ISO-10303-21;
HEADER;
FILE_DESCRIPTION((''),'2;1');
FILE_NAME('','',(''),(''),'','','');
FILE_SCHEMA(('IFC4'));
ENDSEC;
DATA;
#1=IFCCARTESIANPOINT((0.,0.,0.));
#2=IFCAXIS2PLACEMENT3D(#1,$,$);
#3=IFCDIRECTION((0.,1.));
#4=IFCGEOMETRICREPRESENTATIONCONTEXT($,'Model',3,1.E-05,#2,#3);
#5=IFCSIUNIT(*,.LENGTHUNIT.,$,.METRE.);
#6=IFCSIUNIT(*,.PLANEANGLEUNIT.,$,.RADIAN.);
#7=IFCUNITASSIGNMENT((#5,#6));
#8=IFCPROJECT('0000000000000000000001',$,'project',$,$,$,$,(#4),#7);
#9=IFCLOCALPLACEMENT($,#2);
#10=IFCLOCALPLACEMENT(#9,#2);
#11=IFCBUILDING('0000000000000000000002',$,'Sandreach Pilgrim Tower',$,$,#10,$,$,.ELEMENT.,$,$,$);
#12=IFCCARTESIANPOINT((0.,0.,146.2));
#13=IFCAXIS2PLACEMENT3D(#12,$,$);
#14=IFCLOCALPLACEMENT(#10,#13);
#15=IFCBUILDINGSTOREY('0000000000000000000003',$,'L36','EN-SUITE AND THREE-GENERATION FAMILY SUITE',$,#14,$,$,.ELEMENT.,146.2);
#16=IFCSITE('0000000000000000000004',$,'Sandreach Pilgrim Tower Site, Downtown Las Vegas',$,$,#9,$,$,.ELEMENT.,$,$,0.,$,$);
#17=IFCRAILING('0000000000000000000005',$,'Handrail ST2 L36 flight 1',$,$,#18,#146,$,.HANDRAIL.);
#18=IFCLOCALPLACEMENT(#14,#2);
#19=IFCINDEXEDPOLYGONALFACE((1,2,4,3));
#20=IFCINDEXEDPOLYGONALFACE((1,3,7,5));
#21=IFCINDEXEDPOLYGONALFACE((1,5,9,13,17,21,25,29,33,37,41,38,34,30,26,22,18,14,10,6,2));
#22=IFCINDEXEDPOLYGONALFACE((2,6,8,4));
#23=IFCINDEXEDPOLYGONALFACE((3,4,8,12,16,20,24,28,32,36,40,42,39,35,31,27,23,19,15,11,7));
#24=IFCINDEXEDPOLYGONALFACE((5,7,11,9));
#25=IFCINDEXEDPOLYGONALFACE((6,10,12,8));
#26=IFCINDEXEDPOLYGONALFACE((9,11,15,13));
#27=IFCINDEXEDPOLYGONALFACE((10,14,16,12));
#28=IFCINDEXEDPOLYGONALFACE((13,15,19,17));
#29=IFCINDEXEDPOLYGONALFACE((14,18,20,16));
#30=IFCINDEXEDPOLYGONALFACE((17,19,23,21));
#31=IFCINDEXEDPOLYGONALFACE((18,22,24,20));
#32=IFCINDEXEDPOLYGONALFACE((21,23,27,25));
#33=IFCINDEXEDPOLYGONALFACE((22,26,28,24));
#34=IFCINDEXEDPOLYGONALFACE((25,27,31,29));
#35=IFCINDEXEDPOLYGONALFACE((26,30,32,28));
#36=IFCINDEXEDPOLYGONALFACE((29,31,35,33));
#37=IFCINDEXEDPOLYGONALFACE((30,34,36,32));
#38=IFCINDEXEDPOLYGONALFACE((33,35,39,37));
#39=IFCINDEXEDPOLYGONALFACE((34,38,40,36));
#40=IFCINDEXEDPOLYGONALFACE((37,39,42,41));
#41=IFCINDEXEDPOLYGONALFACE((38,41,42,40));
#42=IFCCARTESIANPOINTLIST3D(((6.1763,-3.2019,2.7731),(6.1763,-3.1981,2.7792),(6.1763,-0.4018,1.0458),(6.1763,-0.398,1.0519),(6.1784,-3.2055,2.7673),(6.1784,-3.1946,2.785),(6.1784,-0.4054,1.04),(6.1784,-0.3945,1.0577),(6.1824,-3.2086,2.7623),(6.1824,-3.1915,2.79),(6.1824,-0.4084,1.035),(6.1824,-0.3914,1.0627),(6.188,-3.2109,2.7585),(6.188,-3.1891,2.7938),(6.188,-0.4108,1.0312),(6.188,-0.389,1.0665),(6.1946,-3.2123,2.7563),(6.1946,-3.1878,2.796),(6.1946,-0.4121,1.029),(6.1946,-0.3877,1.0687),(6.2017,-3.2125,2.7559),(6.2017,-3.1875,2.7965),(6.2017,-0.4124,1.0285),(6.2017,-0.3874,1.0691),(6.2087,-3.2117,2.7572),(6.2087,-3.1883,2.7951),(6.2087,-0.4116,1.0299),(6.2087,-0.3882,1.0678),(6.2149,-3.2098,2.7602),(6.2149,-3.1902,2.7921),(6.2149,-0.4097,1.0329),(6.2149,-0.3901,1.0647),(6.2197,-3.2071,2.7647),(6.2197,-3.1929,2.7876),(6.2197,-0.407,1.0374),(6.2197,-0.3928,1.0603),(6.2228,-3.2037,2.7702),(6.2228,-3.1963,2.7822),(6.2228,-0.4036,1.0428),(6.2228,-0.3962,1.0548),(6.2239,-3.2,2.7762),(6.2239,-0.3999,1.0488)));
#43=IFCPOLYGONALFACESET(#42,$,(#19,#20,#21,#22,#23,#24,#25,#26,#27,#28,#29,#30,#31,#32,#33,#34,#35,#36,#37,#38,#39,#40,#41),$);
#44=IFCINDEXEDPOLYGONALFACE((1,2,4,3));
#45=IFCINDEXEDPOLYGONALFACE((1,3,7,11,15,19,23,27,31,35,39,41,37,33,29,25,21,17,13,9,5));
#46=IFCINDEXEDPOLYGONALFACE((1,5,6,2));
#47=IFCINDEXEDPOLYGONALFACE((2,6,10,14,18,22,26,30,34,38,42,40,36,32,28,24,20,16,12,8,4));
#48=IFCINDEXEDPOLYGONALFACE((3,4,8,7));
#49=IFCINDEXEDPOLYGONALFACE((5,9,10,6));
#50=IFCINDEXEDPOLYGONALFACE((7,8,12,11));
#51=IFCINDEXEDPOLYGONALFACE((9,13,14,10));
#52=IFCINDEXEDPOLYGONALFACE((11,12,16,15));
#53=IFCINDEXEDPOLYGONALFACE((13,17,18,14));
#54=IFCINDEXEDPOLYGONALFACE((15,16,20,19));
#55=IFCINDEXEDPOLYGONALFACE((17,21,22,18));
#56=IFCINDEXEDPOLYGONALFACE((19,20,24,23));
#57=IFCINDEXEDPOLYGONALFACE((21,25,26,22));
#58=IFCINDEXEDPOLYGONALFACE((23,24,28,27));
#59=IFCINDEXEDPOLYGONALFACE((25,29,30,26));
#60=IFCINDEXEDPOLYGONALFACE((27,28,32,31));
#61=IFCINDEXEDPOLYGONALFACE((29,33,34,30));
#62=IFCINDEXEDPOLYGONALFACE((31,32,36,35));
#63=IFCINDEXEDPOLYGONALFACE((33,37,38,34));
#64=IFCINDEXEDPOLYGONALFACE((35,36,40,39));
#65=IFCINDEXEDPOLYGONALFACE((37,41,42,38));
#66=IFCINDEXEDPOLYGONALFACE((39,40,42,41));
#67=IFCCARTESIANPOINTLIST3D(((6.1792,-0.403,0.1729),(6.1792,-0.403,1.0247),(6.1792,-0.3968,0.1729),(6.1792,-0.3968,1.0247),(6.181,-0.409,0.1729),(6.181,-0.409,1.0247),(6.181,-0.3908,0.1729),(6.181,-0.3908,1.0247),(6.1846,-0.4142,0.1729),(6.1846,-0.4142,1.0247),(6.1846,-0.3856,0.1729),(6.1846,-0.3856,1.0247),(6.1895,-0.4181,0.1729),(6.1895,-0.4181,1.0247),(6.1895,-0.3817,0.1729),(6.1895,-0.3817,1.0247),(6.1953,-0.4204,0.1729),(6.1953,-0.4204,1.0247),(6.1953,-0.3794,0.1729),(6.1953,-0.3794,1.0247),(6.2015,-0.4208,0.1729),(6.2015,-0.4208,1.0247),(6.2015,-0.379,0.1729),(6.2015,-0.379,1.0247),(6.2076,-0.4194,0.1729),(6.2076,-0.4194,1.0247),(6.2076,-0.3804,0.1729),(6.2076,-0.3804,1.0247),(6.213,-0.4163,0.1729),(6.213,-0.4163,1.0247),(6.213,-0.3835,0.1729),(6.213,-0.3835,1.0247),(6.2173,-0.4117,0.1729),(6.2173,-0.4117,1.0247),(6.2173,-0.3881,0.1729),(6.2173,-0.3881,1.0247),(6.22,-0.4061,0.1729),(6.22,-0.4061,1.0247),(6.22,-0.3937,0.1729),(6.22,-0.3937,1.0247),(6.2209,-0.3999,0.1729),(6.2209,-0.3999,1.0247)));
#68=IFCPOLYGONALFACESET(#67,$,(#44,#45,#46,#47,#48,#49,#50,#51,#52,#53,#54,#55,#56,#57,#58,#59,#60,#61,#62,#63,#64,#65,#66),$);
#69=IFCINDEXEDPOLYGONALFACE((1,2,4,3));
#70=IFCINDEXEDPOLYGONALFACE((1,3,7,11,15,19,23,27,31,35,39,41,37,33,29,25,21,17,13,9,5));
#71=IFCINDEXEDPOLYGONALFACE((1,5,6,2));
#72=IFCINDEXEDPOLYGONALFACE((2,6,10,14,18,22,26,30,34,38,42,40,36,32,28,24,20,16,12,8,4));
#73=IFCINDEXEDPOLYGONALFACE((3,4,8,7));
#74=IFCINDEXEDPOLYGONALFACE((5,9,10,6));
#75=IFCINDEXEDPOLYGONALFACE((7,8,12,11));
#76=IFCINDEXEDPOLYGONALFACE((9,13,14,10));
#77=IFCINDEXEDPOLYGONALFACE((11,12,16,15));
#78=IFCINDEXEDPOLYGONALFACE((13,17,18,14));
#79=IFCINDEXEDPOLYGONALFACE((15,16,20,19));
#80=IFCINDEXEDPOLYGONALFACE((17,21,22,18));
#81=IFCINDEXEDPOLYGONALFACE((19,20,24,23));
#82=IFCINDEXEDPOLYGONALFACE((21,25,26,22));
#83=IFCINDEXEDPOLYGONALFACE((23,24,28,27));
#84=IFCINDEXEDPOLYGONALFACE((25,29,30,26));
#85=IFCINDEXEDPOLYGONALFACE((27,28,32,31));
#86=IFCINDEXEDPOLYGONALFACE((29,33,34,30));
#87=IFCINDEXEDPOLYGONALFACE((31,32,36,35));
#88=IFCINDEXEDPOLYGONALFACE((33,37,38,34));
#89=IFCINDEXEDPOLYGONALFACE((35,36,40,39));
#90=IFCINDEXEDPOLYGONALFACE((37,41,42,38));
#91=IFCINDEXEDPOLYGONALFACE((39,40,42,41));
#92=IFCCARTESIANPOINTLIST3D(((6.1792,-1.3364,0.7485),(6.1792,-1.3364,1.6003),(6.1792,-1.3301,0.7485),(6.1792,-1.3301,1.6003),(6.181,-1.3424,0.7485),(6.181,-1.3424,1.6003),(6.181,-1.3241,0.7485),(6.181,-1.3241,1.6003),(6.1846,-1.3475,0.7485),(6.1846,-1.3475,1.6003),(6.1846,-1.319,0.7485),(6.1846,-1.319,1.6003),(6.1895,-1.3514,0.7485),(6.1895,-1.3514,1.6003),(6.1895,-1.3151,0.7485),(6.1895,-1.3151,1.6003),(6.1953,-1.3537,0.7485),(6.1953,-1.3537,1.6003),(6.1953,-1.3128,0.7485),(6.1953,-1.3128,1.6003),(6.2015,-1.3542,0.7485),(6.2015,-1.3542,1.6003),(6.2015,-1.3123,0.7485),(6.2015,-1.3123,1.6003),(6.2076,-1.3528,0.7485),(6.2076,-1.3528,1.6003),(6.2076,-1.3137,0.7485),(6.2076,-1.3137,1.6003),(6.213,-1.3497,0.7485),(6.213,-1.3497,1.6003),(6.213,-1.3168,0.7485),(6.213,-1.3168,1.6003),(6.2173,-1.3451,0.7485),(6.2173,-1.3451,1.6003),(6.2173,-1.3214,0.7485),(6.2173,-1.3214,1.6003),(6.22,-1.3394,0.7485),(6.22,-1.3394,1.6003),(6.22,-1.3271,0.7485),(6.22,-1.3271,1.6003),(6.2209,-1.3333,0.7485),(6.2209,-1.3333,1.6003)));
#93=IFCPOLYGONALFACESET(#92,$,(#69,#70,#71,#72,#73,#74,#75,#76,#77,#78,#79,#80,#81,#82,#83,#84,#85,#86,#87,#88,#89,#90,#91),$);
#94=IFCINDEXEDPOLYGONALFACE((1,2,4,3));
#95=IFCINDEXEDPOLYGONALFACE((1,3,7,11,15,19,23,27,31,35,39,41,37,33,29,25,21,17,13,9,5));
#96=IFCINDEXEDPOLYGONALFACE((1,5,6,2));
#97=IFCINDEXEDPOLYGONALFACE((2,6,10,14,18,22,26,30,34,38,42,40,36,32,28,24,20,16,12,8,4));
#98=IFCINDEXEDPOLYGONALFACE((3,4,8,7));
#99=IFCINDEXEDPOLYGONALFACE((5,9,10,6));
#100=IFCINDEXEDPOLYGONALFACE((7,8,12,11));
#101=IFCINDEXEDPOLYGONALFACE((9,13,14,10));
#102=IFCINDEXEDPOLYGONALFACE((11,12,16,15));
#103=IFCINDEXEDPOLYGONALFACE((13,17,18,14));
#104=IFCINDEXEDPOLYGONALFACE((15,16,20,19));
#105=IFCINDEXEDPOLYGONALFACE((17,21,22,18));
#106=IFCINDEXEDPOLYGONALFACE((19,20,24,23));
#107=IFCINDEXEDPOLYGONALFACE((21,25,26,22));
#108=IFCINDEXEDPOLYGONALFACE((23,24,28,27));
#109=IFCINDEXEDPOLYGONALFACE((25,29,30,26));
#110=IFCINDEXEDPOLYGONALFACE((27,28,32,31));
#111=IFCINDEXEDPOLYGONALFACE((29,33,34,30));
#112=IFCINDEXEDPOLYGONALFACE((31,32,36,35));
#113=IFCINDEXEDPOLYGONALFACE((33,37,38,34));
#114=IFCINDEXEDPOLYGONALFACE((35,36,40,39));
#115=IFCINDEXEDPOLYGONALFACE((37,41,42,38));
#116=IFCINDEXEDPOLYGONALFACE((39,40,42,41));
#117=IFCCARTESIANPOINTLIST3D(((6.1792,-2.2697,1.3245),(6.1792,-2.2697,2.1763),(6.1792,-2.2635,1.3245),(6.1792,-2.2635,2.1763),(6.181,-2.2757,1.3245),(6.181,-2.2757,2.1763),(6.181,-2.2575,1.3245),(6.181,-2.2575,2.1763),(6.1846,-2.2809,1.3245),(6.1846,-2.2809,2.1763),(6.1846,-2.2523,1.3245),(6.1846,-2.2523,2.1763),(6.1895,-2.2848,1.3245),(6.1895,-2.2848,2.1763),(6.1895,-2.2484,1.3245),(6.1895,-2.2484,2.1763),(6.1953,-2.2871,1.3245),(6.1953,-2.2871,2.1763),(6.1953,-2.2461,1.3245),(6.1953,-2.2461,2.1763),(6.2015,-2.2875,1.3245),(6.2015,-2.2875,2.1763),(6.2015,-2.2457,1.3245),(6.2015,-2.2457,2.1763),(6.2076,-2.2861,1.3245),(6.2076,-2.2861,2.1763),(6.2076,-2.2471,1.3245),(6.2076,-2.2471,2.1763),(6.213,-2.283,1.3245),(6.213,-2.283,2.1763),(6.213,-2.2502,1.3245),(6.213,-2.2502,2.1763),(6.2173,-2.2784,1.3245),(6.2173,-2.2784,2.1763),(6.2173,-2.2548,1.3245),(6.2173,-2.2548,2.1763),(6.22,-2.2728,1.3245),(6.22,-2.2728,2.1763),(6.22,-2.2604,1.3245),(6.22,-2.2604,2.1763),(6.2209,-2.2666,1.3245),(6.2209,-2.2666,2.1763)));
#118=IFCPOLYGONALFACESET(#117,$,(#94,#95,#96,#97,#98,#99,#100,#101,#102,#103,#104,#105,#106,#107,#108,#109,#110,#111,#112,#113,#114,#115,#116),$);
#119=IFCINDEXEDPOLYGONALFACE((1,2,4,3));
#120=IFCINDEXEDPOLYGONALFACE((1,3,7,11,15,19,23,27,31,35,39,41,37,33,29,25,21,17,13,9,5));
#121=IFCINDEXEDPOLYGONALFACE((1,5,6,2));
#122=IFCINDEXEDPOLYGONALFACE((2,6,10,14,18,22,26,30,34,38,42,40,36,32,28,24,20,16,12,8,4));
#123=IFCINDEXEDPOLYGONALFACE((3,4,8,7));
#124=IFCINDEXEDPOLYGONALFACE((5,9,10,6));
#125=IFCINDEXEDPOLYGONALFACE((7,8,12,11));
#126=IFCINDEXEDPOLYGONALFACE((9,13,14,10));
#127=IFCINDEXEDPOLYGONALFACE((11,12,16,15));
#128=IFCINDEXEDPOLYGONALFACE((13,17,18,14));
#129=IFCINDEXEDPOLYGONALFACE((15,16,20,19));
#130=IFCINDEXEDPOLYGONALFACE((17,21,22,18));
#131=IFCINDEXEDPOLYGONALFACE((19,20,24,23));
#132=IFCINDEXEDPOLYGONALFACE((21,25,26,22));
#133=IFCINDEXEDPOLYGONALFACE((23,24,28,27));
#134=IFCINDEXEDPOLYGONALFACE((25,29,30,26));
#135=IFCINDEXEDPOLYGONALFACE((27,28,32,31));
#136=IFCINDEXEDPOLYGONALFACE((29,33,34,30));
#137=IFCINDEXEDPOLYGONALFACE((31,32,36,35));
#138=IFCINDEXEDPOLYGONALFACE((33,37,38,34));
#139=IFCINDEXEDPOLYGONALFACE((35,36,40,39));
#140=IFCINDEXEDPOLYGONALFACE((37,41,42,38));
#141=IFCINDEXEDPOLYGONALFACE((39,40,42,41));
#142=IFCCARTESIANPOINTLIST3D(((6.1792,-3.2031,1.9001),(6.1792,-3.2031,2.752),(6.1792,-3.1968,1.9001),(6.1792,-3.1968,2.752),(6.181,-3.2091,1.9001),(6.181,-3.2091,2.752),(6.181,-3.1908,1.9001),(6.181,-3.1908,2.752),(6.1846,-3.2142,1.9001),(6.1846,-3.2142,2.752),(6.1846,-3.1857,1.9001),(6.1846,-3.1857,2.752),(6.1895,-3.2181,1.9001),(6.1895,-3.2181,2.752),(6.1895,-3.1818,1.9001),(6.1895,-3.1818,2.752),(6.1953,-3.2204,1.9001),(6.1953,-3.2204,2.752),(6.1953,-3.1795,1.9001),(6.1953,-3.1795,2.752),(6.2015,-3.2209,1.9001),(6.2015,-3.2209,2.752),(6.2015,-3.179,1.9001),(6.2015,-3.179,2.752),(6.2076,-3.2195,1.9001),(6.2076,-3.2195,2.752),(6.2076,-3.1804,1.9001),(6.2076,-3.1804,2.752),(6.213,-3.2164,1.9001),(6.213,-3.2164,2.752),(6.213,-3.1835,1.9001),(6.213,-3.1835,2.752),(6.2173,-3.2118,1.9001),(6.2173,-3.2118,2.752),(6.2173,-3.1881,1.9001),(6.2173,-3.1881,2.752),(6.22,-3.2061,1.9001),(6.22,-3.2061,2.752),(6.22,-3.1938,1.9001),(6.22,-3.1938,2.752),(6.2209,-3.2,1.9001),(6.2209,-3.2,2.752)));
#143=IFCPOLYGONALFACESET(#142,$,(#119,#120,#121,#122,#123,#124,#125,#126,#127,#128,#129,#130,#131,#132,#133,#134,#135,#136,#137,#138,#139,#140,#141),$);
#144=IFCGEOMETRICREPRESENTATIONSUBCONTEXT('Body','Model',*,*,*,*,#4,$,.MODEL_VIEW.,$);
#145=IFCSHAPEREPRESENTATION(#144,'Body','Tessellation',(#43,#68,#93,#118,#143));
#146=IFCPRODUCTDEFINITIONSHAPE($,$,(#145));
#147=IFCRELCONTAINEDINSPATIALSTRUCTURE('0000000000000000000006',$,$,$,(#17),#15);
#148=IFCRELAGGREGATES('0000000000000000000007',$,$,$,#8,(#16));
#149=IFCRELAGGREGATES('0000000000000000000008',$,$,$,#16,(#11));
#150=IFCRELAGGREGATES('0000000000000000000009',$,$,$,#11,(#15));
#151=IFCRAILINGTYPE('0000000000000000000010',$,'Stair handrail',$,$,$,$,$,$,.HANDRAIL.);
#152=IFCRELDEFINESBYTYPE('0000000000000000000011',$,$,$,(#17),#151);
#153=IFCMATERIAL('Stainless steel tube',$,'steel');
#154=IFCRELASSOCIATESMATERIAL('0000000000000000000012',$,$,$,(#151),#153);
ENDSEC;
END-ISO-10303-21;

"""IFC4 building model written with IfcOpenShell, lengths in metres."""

from ifc_helpers import new_model, si_unit, direction, frame, origin, origin_2d, place, context, subcontext, project, spatial, circle, extrude, material, type_object, element, save


model = new_model("IFC4")

# Units and contexts
model_context = context("Model", 3, precision=1e-05, world=origin(), true_north=direction((0.0, 1.0)))
body_context = subcontext(model_context, "Body", "Model", "MODEL_VIEW")
ifc_project = project(units=[si_unit("LENGTHUNIT", "METRE"), si_unit("PLANEANGLEUNIT", "RADIAN")], contexts=[model_context])

# Site, building, storey
site_placement = place(None, origin())
site = spatial("IfcSite", under=ifc_project, at=site_placement, Name="Sandreach Pilgrim Tower Site, Downtown Las Vegas", CompositionType="ELEMENT", RefElevation=0.0)
building_placement = place(site_placement, origin())
building = spatial("IfcBuilding", under=site, at=building_placement, Name="Sandreach Pilgrim Tower", CompositionType="ELEMENT")
storey_placement = place(building_placement, frame((0.0, 0.0, 146.2)))
storey = spatial("IfcBuildingStorey", under=building, at=storey_placement, Name="L36", Description="EN-SUITE AND THREE-GENERATION FAMILY SUITE", CompositionType="ELEMENT", Elevation=146.2)

# Railing
ifc_material_1 = material(Name="Stainless steel tube", Category="steel")
railing_type = type_object("IfcRailingType", Name="Stair handrail", PredefinedType="HANDRAIL", material=ifc_material_1)
for number, where, name in (
    (1, (6.2, -0.3999, 0.1729), "Handrail ST2 L36 flight 1"),
):
    element("IfcRailing", number, at=place(storey_placement, frame(where)), inside=storey, type_object=railing_type, Name=name, PredefinedType="HANDRAIL", context=body_context, shape_type="SweptSolid", body=[
        extrude(circle(Radius=0.0239, at=origin_2d()), frame((0.0, 0.0, 0.876), z_axis=(0.0, -0.85109, 0.52502), x_axis=(1.0, 0.0, 0.0)), (0.0, 0.0, 1.0), 3.29),
        extrude(circle(Radius=0.021, at=origin_2d()), origin(), (0.0, 0.0, 1.0), 0.8518),
        extrude(circle(Radius=0.021, at=origin_2d()), frame((0.0, -0.9333, 0.5757)), (0.0, 0.0, 1.0), 0.8518),
        extrude(circle(Radius=0.021, at=origin_2d()), frame((0.0, -1.8667, 1.1516)), (0.0, 0.0, 1.0), 0.8518),
        extrude(circle(Radius=0.021, at=origin_2d()), frame((0.0, -2.8, 1.7273)), (0.0, 0.0, 1.0), 0.8518),
    ])

save(model, "model.ifc")
